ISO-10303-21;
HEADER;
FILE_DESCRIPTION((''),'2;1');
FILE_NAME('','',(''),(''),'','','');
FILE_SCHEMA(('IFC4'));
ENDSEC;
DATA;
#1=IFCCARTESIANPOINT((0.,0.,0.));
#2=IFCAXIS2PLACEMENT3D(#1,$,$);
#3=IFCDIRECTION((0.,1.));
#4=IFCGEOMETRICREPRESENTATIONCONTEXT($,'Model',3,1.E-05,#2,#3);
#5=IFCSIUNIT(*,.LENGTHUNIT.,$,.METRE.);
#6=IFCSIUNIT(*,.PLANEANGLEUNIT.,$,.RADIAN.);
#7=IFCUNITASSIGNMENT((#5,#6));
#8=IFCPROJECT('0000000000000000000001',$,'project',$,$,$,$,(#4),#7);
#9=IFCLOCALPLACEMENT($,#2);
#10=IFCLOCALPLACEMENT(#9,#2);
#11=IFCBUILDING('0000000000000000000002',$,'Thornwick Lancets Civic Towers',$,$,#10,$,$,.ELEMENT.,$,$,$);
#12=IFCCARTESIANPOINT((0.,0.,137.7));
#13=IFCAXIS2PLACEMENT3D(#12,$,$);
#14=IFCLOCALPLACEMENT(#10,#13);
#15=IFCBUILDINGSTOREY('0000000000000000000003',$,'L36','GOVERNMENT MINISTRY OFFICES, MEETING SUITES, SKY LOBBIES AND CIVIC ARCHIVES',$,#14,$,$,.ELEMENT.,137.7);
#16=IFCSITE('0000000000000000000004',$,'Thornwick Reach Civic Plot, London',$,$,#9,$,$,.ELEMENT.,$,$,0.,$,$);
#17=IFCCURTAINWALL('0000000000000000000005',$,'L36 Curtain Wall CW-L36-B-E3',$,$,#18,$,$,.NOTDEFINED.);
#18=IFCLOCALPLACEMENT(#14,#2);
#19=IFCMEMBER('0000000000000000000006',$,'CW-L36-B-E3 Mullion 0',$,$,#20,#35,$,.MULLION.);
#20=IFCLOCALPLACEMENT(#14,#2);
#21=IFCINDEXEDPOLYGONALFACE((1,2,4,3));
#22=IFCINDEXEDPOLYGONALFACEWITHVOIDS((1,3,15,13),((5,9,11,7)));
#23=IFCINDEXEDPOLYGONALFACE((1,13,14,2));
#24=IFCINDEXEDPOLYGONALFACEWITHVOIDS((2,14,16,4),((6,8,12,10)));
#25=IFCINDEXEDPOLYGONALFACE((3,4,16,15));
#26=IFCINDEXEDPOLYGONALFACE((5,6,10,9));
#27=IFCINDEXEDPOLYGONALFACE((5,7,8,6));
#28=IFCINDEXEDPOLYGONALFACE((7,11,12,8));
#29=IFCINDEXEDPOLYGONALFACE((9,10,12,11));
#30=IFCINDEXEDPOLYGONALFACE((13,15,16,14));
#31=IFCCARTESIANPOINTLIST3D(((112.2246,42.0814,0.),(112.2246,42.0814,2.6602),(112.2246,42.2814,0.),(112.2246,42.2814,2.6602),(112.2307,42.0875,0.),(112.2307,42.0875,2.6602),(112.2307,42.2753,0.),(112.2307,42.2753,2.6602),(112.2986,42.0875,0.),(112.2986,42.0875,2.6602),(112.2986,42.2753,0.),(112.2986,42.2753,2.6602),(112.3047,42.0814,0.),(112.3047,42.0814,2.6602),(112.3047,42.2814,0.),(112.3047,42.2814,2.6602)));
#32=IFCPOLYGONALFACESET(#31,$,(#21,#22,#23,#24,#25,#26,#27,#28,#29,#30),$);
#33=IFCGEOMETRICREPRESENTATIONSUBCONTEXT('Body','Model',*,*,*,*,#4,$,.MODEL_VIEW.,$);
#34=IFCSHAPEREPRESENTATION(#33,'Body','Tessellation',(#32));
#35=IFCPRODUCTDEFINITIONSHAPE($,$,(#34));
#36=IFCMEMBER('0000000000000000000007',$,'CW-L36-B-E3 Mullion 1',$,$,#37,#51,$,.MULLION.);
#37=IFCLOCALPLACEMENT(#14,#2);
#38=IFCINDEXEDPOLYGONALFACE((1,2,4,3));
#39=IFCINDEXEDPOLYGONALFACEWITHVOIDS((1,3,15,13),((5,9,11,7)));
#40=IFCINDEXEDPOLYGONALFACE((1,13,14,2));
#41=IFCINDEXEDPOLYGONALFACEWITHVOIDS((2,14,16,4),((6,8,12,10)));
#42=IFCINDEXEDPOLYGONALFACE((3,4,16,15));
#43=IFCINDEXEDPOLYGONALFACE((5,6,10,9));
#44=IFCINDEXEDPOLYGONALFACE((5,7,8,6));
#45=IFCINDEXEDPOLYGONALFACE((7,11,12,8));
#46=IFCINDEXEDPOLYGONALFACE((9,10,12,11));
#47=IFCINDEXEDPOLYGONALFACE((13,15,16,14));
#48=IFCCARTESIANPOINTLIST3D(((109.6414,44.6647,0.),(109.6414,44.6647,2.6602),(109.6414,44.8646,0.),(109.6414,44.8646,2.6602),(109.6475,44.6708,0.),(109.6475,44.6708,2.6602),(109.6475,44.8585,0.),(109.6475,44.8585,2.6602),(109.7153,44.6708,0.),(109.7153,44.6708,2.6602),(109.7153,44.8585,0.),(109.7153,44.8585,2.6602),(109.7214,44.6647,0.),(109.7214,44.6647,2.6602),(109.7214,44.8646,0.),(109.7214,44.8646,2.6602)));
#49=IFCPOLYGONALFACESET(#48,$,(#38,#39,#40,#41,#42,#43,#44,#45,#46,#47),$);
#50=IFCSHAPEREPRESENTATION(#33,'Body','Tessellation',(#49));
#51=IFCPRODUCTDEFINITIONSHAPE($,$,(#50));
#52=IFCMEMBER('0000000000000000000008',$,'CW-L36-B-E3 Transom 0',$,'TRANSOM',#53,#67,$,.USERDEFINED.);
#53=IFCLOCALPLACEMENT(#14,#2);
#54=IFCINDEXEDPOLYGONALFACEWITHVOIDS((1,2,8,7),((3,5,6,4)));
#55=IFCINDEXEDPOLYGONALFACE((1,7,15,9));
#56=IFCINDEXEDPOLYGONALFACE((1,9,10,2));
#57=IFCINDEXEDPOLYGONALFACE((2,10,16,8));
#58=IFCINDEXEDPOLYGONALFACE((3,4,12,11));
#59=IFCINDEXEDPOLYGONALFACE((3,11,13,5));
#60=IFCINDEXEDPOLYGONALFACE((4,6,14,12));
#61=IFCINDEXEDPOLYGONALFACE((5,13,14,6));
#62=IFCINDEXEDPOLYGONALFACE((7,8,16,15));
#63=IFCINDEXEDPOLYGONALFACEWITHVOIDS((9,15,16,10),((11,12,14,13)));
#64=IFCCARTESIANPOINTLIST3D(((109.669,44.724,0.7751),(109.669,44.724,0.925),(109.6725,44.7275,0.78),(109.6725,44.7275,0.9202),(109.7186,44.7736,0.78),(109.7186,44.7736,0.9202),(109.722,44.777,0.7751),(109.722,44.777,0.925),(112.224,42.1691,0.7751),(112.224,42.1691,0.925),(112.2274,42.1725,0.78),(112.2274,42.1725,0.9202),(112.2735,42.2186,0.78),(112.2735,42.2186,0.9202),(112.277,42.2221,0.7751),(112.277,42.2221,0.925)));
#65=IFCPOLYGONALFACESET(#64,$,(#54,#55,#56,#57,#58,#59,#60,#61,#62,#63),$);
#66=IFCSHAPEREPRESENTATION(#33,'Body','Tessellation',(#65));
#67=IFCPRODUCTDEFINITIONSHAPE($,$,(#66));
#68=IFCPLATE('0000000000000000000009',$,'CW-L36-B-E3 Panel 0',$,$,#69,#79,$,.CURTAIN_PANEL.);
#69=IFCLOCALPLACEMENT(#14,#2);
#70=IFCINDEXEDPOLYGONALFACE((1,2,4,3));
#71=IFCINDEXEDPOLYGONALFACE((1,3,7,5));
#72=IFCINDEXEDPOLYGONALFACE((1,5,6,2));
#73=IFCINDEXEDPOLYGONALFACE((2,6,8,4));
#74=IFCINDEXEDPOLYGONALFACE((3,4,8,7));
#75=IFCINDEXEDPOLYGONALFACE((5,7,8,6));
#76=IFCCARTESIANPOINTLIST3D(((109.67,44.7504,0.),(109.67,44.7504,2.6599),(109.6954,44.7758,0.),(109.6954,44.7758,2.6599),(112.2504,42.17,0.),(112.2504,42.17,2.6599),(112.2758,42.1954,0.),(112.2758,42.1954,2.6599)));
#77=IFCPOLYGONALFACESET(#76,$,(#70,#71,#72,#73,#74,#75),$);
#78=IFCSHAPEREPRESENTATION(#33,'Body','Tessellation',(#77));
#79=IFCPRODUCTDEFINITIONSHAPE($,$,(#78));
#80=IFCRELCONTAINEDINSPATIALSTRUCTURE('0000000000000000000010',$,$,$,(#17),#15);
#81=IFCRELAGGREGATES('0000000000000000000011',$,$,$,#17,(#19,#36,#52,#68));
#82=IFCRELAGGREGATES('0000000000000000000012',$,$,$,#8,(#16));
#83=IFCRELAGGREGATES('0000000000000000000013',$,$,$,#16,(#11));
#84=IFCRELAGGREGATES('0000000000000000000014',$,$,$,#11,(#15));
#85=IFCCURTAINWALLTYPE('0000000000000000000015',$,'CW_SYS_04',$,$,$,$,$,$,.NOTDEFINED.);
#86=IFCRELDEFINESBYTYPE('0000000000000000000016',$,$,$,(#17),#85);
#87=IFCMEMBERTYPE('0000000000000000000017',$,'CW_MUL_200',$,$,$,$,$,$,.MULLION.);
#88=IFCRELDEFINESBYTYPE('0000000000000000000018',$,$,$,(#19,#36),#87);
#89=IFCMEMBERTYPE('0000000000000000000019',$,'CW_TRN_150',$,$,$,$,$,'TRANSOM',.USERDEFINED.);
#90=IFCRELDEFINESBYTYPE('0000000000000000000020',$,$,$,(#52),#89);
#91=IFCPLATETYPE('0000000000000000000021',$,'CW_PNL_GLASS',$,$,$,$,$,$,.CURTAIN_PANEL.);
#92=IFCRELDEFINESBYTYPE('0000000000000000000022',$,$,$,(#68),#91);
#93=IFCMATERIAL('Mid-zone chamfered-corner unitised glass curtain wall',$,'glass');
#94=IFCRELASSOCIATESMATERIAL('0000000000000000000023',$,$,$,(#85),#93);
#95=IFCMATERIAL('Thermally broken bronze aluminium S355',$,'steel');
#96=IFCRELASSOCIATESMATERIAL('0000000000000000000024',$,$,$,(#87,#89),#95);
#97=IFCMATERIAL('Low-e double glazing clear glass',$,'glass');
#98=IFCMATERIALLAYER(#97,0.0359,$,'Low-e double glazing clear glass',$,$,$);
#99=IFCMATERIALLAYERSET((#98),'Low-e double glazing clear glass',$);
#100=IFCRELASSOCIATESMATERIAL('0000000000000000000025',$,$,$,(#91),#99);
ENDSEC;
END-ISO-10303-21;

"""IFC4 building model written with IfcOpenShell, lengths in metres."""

from ifc_helpers import new_model, si_unit, direction, frame, origin, origin_2d, place, context, subcontext, project, spatial, rectangle, hollow_rectangle, extrude, material, layer, layer_set, material_profile, profile_set, type_object, element, aggregate, save


model = new_model("IFC4")

# Units and contexts
model_context = context("Model", 3, precision=1e-05, world=origin(), true_north=direction((0.0, 1.0)))
body_context = subcontext(model_context, "Body", "Model", "MODEL_VIEW")
ifc_project = project(units=[si_unit("LENGTHUNIT", "METRE"), si_unit("PLANEANGLEUNIT", "RADIAN")], contexts=[model_context])

# Site, building, storey
site_placement = place(None, origin())
site = spatial("IfcSite", under=ifc_project, at=site_placement, Name="Thornwick Reach Civic Plot, London", CompositionType="ELEMENT", RefElevation=0.0)
building_placement = place(site_placement, origin())
building = spatial("IfcBuilding", under=site, at=building_placement, Name="Thornwick Lancets Civic Towers", CompositionType="ELEMENT")
storey_placement = place(building_placement, frame((0.0, 0.0, 137.7)))
storey = spatial("IfcBuildingStorey", under=building, at=storey_placement, Name="L36", Description="GOVERNMENT MINISTRY OFFICES, MEETING SUITES, SKY LOBBIES AND CIVIC ARCHIVES", CompositionType="ELEMENT", Elevation=137.7)

# Curtain wall, members, plate
ifc_material_1 = material(Name="Mid-zone chamfered-corner unitised glass curtain wall", Category="glass")
curtain_wall_type = type_object("IfcCurtainWallType", Name="CW_SYS_04", PredefinedType="NOTDEFINED", material=ifc_material_1)
curtain_wall_placement = place(storey_placement, origin())
curtain_wall = element("IfcCurtainWall", 1, at=curtain_wall_placement, inside=storey, type_object=curtain_wall_type, Name="L36 Curtain Wall CW-L36-B-E3", PredefinedType="NOTDEFINED")
ifc_material_2 = material(Name="Thermally broken bronze aluminium S355", Category="steel")
ifc_material_profile_1 = material_profile(ifc_material_2, hollow_rectangle(XDim=0.0801, YDim=0.2, WallThickness=0.0061, at=origin_2d()), Name="RHS 200x80x6")
ifc_profile_set_1 = profile_set([ifc_material_profile_1], Name="Thermally broken bronze aluminium S355")
member_type_1 = type_object("IfcMemberType", Name="CW_MUL_200", PredefinedType="MULLION", material=ifc_profile_set_1)
member_1_placement = place(storey_placement, frame((112.2646, 42.1814, 0.0), z_axis=(0.0, 0.0, 1.0), x_axis=(1.0, 0.0, 0.0)))
member_1 = element("IfcMember", 2, at=member_1_placement, type_object=member_type_1, Name="CW-L36-B-E3 Mullion 0", PredefinedType="MULLION", context=body_context, shape_type="SweptSolid", body=[
    extrude(hollow_rectangle(XDim=0.0801, YDim=0.2, WallThickness=0.0061, at=origin_2d()), origin(), (0.0, 0.0, 1.0), 2.6602),
])
member_2_placement = place(storey_placement, frame((109.6814, 44.7646, 0.0), z_axis=(0.0, 0.0, 1.0), x_axis=(1.0, 0.0, 0.0)))
member_2 = element("IfcMember", 3, at=member_2_placement, type_object=member_type_1, Name="CW-L36-B-E3 Mullion 1", PredefinedType="MULLION", context=body_context, shape_type="SweptSolid", body=[
    extrude(hollow_rectangle(XDim=0.0801, YDim=0.2, WallThickness=0.0061, at=origin_2d()), origin(), (0.0, 0.0, 1.0), 2.6602),
])
ifc_material_profile_2 = material_profile(ifc_material_2, hollow_rectangle(XDim=0.075, YDim=0.1499, WallThickness=0.0049, at=origin_2d()), Name="RHS 150x75x5")
ifc_profile_set_2 = profile_set([ifc_material_profile_2], Name="Thermally broken bronze aluminium S355")
member_type_2 = type_object("IfcMemberType", Name="CW_TRN_150", ElementType="TRANSOM", PredefinedType="USERDEFINED", material=ifc_profile_set_2)
member_3_placement = place(storey_placement, frame((112.2505, 42.1956, 0.8501), z_axis=(-0.707107, 0.707107, 0.0), x_axis=(-0.707107, -0.707107, 0.0)))
member_3 = element("IfcMember", 4, at=member_3_placement, type_object=member_type_2, Name="CW-L36-B-E3 Transom 0", ObjectType="TRANSOM", PredefinedType="USERDEFINED", context=body_context, shape_type="SweptSolid", body=[
    extrude(hollow_rectangle(XDim=0.075, YDim=0.1499, WallThickness=0.0049, at=origin_2d()), origin(), (0.0, 0.0, 1.0), 3.6133),
])
ifc_material_3 = material(Name="Low-e double glazing clear glass", Category="glass")
ifc_layer_1 = layer(ifc_material_3, 0.0359, Name="Low-e double glazing clear glass")
ifc_layer_set_1 = layer_set([ifc_layer_1], Name="Low-e double glazing clear glass")
plate_type = type_object("IfcPlateType", Name="CW_PNL_GLASS", PredefinedType="CURTAIN_PANEL", material=ifc_layer_set_1)
plate_placement = place(storey_placement, frame((110.9729, 43.4729, 0.0), z_axis=(0.0, 0.0, 1.0), x_axis=(-0.707107, 0.707107, 0.0)))
plate = element("IfcPlate", 5, at=plate_placement, type_object=plate_type, Name="CW-L36-B-E3 Panel 0", PredefinedType="CURTAIN_PANEL", context=body_context, shape_type="SweptSolid", body=[
    extrude(rectangle(XDim=3.6492, YDim=0.0359, at=origin_2d()), origin(), (0.0, 0.0, 1.0), 2.6599),
])
aggregate(curtain_wall, [member_1, member_2, member_3, plate])

save(model, "model.ifc")
